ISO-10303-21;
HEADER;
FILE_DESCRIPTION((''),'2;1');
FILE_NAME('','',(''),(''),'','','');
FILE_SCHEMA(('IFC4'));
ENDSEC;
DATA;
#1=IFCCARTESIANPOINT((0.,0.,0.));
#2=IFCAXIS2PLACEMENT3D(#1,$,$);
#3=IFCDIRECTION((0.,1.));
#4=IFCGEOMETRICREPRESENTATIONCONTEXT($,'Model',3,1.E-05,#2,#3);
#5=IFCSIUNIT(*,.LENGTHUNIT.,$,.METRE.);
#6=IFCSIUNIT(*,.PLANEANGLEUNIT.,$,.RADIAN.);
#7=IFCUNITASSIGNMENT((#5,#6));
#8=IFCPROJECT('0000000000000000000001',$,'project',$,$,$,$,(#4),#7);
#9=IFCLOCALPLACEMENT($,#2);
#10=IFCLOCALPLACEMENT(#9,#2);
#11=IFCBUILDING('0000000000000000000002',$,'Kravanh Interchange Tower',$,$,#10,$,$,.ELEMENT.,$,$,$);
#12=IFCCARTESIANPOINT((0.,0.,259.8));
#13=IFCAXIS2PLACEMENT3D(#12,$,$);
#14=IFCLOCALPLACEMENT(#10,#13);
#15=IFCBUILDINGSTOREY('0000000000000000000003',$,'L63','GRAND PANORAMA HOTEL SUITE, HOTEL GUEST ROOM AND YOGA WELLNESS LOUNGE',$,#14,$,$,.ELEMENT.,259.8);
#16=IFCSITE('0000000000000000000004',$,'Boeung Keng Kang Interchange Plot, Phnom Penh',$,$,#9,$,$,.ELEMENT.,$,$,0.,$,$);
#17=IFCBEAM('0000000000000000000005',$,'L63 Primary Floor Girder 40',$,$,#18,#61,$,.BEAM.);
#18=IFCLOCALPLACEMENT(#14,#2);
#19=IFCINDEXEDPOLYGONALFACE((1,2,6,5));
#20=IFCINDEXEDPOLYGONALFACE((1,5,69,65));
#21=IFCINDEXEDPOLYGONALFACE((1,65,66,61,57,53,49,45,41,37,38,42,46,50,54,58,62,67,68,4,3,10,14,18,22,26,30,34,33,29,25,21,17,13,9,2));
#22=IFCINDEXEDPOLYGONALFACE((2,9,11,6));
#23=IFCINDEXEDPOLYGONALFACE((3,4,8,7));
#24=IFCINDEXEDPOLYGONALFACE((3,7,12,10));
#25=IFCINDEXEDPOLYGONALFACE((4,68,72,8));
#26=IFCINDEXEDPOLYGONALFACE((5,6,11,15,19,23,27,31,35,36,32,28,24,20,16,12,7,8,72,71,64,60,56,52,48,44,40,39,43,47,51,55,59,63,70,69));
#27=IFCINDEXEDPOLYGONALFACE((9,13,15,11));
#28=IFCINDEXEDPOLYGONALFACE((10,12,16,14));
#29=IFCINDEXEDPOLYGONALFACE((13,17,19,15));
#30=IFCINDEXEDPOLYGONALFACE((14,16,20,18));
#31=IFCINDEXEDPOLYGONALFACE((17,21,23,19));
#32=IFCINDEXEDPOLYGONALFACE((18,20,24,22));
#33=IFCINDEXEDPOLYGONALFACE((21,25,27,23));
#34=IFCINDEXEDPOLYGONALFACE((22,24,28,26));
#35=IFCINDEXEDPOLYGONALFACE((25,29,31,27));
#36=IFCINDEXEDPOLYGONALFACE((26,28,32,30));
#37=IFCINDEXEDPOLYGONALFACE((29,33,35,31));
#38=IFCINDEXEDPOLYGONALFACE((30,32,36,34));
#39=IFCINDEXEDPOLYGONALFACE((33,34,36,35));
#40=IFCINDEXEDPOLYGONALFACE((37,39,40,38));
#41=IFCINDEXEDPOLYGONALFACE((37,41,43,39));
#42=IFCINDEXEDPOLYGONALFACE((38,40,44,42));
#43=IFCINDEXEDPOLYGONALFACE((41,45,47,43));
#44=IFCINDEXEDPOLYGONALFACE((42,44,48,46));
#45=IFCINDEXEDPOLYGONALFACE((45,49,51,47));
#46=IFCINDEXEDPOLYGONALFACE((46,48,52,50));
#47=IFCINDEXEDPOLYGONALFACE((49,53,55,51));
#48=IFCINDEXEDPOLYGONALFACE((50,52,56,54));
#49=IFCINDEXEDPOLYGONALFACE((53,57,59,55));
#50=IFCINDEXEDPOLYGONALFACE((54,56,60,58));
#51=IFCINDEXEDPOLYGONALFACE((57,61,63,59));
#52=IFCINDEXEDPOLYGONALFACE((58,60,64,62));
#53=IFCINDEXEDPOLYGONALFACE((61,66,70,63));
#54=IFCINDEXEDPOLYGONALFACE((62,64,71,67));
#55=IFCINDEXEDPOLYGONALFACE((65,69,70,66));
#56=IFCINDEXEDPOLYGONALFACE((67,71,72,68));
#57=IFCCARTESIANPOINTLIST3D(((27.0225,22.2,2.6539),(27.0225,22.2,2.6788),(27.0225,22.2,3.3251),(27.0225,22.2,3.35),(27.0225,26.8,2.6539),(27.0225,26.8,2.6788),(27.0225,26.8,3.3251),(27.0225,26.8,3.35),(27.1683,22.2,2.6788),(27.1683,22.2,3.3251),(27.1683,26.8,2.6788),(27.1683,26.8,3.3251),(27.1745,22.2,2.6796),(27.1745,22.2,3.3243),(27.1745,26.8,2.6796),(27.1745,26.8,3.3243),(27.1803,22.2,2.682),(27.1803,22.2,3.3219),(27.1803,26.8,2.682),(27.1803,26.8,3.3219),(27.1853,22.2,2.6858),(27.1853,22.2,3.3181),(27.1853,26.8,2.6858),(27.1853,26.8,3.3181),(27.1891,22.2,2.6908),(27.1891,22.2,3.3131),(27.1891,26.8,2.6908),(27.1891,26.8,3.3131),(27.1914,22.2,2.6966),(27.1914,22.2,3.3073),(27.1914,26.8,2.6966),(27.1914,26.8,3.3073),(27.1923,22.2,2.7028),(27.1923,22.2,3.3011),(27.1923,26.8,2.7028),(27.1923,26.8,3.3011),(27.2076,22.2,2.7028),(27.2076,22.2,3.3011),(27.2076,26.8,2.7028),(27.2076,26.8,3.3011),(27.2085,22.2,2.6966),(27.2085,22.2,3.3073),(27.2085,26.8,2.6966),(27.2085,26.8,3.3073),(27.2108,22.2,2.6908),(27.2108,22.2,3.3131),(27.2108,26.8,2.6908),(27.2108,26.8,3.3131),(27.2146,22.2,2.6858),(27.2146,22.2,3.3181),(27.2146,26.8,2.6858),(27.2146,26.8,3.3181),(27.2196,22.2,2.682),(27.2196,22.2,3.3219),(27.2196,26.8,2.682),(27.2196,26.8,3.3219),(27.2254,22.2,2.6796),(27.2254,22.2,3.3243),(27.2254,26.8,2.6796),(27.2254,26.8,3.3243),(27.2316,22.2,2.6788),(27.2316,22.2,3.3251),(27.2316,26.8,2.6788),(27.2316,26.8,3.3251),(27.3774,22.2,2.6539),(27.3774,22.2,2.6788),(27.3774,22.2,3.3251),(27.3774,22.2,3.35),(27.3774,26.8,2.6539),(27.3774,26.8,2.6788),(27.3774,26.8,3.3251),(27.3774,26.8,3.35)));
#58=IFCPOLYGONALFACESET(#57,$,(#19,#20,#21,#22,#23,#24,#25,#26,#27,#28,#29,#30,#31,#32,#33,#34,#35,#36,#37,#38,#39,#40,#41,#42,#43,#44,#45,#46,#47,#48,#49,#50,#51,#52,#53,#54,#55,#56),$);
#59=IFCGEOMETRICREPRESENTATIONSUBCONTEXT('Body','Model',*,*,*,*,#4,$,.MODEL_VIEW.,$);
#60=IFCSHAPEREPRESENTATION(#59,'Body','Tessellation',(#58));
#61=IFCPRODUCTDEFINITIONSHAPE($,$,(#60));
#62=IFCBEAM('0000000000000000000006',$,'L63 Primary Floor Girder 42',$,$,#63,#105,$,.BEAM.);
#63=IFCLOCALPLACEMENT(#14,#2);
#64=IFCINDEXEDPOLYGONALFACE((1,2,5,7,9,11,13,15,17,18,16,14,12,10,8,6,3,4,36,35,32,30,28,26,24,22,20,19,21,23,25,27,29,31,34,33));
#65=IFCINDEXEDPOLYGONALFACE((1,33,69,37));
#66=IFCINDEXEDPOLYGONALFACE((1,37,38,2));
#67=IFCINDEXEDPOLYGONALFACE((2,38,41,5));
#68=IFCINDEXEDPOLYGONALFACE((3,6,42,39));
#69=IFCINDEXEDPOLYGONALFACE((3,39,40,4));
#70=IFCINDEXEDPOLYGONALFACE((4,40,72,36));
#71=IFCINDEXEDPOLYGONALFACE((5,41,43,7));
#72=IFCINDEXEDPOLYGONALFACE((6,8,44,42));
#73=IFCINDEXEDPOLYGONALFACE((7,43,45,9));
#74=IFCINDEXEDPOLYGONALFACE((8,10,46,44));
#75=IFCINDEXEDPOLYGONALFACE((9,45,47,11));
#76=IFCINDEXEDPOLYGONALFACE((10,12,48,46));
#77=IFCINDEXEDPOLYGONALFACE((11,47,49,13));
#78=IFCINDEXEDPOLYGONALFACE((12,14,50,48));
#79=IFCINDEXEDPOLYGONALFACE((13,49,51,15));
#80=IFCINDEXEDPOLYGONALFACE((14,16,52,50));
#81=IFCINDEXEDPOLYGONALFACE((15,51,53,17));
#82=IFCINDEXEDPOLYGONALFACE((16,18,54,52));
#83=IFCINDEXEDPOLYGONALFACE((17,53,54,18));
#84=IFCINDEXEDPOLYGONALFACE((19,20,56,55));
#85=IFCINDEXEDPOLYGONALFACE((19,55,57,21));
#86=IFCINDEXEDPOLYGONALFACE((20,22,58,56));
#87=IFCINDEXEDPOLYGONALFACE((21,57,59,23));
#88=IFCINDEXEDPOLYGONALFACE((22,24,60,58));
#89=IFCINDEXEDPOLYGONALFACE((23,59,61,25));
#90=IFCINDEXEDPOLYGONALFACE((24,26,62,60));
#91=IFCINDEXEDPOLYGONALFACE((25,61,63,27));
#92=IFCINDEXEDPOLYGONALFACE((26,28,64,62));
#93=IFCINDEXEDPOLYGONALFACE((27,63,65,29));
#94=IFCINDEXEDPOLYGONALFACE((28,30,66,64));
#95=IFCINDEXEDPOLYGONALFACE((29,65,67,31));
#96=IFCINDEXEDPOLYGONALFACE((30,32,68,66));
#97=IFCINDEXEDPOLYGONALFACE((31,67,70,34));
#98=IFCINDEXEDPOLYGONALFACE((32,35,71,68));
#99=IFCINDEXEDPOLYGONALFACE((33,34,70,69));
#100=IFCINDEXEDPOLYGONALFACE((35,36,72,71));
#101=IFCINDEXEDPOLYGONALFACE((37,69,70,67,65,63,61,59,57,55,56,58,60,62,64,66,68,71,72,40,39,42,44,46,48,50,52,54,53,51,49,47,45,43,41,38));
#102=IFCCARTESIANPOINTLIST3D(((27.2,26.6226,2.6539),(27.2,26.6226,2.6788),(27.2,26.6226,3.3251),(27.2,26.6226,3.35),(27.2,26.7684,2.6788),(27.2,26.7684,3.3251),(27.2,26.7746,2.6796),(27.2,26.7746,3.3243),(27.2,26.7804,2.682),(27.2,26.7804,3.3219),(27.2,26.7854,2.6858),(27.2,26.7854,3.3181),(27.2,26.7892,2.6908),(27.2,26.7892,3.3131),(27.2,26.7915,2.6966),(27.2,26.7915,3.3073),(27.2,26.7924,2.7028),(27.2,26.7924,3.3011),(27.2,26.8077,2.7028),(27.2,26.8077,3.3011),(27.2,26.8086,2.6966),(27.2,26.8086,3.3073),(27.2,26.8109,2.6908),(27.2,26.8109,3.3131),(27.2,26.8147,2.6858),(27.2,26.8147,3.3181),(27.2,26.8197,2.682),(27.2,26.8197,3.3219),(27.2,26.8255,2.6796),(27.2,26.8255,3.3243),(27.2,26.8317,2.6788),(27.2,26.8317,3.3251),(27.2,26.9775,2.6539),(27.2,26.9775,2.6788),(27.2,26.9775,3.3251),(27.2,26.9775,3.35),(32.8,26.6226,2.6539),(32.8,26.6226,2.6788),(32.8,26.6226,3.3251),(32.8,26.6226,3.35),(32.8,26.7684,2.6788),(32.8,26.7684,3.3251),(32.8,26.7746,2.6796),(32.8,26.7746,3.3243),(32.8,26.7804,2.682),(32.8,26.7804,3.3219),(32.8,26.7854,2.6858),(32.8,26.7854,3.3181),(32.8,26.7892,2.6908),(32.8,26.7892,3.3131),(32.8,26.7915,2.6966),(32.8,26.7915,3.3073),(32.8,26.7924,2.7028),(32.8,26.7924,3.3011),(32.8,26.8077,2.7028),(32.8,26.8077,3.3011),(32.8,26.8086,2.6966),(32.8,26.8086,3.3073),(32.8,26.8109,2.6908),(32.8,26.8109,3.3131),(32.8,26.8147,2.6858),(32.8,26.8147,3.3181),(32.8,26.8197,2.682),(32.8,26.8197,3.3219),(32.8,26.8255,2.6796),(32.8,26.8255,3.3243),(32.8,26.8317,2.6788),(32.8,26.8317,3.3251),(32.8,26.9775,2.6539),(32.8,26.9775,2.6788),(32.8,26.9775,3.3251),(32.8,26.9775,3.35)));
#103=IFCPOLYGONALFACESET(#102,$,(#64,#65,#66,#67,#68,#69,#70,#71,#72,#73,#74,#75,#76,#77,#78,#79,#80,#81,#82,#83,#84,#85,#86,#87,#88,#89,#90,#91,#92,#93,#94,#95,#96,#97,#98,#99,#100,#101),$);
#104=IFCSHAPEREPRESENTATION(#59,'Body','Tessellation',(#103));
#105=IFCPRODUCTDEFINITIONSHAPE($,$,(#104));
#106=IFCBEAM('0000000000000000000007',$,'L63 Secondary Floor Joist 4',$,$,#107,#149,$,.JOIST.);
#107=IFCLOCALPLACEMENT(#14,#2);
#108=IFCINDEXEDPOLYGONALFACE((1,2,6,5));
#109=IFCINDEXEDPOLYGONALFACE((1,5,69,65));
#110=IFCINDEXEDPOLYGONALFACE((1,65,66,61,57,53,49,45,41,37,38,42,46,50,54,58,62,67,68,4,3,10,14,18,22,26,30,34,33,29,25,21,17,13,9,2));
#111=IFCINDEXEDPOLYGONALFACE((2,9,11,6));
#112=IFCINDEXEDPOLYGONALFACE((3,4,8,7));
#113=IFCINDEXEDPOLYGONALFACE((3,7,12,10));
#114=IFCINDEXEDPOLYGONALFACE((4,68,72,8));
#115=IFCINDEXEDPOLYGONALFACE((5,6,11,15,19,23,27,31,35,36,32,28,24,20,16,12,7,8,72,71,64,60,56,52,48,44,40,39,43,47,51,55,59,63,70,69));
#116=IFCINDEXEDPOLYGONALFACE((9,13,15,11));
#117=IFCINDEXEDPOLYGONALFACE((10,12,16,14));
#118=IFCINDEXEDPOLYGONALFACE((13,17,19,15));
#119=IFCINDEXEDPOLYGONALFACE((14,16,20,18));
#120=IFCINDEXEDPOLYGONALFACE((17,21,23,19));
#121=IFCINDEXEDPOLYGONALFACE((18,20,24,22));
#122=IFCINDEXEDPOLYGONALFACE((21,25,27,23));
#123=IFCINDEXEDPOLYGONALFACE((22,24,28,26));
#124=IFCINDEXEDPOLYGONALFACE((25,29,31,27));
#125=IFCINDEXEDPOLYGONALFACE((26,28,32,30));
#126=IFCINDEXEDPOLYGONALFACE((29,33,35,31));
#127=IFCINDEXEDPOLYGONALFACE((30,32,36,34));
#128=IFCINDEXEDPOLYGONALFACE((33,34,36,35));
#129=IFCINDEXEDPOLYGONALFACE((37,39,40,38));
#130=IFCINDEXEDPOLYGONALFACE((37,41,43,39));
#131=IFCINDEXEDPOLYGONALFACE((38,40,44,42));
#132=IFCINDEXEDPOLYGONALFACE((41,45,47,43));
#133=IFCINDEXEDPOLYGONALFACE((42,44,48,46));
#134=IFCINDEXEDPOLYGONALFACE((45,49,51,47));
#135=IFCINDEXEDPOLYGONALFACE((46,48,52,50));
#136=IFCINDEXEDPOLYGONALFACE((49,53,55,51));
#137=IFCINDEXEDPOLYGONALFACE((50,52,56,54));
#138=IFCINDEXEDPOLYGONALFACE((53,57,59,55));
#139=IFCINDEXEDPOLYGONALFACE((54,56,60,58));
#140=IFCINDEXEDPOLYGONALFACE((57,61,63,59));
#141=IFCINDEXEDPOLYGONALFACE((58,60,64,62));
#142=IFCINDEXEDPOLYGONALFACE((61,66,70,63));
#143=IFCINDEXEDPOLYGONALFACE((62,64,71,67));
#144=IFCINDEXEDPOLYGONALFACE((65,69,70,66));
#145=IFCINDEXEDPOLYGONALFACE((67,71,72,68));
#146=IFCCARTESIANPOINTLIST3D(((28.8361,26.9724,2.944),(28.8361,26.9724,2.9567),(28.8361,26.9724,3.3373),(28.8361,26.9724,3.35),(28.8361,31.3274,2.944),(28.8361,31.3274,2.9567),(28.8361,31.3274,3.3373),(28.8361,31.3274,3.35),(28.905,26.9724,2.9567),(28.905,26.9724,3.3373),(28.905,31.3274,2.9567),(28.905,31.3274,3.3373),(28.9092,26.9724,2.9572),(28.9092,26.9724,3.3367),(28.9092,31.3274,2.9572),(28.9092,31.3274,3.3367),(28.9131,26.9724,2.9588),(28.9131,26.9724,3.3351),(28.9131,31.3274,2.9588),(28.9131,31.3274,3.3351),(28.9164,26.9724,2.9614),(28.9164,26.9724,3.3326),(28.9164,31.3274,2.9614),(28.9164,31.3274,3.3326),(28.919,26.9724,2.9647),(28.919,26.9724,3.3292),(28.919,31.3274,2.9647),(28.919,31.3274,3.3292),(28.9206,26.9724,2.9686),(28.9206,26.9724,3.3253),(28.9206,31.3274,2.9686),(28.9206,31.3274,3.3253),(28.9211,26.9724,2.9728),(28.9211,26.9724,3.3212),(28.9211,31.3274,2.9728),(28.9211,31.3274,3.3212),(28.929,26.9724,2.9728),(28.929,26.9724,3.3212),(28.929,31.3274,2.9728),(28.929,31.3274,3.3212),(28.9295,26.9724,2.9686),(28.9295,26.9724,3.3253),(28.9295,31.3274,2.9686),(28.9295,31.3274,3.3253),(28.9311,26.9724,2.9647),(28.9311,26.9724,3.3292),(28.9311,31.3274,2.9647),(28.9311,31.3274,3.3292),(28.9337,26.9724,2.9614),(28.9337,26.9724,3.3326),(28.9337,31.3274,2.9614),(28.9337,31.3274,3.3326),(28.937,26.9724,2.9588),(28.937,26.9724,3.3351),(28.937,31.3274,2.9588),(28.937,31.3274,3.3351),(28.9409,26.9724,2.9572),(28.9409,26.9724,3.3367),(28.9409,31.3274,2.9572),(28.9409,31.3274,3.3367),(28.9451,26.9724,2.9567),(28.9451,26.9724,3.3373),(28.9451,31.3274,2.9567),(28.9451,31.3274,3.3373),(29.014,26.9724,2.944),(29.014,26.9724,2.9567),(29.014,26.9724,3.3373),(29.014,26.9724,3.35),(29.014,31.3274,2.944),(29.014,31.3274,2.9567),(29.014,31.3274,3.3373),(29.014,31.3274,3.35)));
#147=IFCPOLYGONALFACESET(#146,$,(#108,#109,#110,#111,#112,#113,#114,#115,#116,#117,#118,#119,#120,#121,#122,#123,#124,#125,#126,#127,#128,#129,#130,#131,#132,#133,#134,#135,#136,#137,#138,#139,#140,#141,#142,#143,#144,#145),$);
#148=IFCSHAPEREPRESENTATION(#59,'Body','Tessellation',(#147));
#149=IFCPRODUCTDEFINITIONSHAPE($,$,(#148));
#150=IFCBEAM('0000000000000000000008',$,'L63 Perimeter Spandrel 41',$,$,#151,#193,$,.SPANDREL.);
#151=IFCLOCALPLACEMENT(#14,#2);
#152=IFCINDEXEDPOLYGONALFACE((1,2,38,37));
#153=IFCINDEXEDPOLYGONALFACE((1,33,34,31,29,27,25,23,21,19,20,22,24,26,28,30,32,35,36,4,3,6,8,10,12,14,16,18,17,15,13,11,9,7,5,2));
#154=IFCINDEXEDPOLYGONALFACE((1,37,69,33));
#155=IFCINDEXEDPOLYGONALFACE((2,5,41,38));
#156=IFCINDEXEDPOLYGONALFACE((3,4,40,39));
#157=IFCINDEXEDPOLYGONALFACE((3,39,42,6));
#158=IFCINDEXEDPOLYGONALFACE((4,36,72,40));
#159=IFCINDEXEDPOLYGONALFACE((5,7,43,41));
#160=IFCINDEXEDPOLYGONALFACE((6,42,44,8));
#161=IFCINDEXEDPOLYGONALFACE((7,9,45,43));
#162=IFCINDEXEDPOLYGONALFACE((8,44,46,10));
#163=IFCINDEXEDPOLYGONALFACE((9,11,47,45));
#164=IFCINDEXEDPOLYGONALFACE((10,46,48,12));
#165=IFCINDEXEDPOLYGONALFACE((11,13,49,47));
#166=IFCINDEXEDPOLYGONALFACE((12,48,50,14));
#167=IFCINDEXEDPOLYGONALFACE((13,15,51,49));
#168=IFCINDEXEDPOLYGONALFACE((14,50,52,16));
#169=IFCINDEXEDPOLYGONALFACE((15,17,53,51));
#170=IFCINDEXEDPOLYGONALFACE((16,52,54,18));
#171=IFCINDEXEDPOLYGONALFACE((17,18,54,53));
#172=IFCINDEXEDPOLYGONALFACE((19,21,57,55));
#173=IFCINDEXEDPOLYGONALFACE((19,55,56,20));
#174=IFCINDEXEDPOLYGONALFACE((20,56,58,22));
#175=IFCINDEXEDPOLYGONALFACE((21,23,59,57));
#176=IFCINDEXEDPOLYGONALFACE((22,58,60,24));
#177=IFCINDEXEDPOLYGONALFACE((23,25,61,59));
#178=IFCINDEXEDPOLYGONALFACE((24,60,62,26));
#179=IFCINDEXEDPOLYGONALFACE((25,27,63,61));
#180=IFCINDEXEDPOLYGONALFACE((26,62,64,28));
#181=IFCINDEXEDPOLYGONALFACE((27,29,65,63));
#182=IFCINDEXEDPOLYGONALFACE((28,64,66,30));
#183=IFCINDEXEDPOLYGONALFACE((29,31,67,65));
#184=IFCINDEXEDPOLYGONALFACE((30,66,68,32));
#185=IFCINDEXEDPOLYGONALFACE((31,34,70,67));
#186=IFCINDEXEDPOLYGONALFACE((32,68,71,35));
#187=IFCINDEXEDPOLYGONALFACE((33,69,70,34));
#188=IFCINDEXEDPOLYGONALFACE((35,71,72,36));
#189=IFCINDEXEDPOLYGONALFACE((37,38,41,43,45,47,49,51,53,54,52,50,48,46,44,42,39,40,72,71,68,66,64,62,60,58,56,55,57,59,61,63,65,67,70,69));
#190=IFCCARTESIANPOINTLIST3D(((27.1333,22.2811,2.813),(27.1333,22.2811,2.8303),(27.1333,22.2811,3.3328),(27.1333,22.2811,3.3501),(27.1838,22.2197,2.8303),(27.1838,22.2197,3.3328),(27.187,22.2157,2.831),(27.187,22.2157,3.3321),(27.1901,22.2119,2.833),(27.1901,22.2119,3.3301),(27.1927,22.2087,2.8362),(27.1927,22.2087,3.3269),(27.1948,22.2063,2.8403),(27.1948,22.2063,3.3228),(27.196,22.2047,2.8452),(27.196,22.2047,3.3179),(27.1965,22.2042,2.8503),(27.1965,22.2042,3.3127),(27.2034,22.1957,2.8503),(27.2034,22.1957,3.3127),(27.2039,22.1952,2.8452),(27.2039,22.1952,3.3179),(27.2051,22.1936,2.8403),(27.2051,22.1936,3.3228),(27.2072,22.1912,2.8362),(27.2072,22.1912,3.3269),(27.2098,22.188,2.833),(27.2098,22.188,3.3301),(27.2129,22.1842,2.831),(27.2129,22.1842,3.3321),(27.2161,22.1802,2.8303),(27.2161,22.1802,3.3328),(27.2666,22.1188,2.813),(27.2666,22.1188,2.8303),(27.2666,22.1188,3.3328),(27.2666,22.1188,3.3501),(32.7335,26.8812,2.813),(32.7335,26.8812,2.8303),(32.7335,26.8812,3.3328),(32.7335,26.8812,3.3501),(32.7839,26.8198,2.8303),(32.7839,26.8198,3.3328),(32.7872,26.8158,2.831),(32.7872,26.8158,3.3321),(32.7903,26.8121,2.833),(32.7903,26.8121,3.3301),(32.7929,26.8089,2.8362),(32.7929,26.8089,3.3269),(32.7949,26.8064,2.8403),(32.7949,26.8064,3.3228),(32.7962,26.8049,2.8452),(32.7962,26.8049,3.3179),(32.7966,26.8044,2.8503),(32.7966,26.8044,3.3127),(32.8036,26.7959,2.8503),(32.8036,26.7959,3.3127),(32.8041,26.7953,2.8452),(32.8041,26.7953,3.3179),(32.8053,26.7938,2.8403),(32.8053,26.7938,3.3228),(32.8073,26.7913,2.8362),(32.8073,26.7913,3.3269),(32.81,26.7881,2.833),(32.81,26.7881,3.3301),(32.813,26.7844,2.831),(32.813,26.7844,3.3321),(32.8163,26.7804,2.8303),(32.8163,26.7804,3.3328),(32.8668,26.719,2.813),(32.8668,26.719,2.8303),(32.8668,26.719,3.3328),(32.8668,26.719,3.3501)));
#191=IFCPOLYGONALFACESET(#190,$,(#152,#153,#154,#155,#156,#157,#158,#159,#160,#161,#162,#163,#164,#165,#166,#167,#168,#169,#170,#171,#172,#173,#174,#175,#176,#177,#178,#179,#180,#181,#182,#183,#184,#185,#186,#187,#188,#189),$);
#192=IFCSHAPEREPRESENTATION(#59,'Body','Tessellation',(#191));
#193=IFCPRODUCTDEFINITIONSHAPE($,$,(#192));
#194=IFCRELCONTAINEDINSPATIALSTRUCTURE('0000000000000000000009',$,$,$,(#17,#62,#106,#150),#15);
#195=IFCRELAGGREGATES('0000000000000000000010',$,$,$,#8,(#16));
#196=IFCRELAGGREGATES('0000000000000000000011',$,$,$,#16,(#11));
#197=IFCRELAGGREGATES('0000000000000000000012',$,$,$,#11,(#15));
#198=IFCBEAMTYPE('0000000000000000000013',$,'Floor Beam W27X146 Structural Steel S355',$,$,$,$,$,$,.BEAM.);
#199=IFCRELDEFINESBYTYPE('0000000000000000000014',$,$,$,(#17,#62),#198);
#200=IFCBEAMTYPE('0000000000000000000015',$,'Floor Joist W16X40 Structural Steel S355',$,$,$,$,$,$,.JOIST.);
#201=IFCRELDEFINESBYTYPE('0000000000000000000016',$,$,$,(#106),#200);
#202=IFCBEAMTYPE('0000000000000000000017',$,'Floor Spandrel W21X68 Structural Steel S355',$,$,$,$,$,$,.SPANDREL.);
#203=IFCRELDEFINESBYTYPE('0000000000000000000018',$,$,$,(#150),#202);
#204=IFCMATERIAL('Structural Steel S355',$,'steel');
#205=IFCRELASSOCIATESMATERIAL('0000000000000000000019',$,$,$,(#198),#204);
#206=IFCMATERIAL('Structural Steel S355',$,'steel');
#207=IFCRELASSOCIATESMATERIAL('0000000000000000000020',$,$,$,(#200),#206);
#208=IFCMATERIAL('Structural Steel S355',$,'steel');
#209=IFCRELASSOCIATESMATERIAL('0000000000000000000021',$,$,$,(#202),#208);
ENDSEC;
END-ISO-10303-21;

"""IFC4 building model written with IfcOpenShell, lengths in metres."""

from ifc_helpers import new_model, si_unit, direction, frame, origin, origin_2d, place, context, subcontext, project, spatial, i_section, extrude, material, material_profile, profile_set, type_object, element, save


model = new_model("IFC4")

# Units and contexts
model_context = context("Model", 3, precision=1e-05, world=origin(), true_north=direction((0.0, 1.0)))
body_context = subcontext(model_context, "Body", "Model", "MODEL_VIEW")
ifc_project = project(units=[si_unit("LENGTHUNIT", "METRE"), si_unit("PLANEANGLEUNIT", "RADIAN")], contexts=[model_context])

# Site, building, storey
site_placement = place(None, origin())
site = spatial("IfcSite", under=ifc_project, at=site_placement, Name="Boeung Keng Kang Interchange Plot, Phnom Penh", CompositionType="ELEMENT", RefElevation=0.0)
building_placement = place(site_placement, origin())
building = spatial("IfcBuilding", under=site, at=building_placement, Name="Kravanh Interchange Tower", CompositionType="ELEMENT")
storey_placement = place(building_placement, frame((0.0, 0.0, 259.8)))
storey = spatial("IfcBuildingStorey", under=building, at=storey_placement, Name="L63", Description="GRAND PANORAMA HOTEL SUITE, HOTEL GUEST ROOM AND YOGA WELLNESS LOUNGE", CompositionType="ELEMENT", Elevation=259.8)

# Beams
ifc_material_1 = material(Name="Structural Steel S355", Category="steel")
ifc_material_profile_1 = material_profile(ifc_material_1, i_section(OverallWidth=0.355, OverallDepth=0.696, WebThickness=0.0154, FlangeThickness=0.0249, FilletRadius=0.0239, at=origin_2d()), Name="W27X146")
ifc_profile_set_1 = profile_set([ifc_material_profile_1], Name="Structural Steel S355")
beam_type_1 = type_object("IfcBeamType", Name="Floor Beam W27X146 Structural Steel S355", PredefinedType="BEAM", material=ifc_profile_set_1)
beam_1_placement = place(storey_placement, frame((27.2, 22.2, 3.002), z_axis=(0.0, 1.0, 0.0), x_axis=(-1.0, 0.0, 0.0)))
element("IfcBeam", 1, at=beam_1_placement, inside=storey, type_object=beam_type_1, Name="L63 Primary Floor Girder 40", PredefinedType="BEAM", context=body_context, shape_type="SweptSolid", body=[
    extrude(i_section(OverallWidth=0.355, OverallDepth=0.696, WebThickness=0.0154, FlangeThickness=0.0249, FilletRadius=0.0239, at=origin_2d()), origin(), (0.0, 0.0, 1.0), 4.6001),
])
beam_2_placement = place(storey_placement, frame((27.2, 26.8, 3.002), z_axis=(1.0, 0.0, 0.0), x_axis=(0.0, 1.0, 0.0)))
element("IfcBeam", 2, at=beam_2_placement, inside=storey, type_object=beam_type_1, Name="L63 Primary Floor Girder 42", PredefinedType="BEAM", context=body_context, shape_type="SweptSolid", body=[
    extrude(i_section(OverallWidth=0.355, OverallDepth=0.696, WebThickness=0.0154, FlangeThickness=0.0249, FilletRadius=0.0239, at=origin_2d()), origin(), (0.0, 0.0, 1.0), 5.6001),
])
ifc_material_2 = material(Name="Structural Steel S355", Category="steel")
ifc_material_profile_2 = material_profile(ifc_material_2, i_section(OverallWidth=0.178, OverallDepth=0.406, WebThickness=0.0078, FlangeThickness=0.0127, FilletRadius=0.0161, at=origin_2d()), Name="W16X40")
ifc_profile_set_2 = profile_set([ifc_material_profile_2], Name="Structural Steel S355")
beam_type_2 = type_object("IfcBeamType", Name="Floor Joist W16X40 Structural Steel S355", PredefinedType="JOIST", material=ifc_profile_set_2)
beam_3_placement = place(storey_placement, frame((28.925, 26.9724, 3.147), z_axis=(0.0, 1.0, 0.0), x_axis=(-1.0, 0.0, 0.0)))
element("IfcBeam", 3, at=beam_3_placement, inside=storey, type_object=beam_type_2, Name="L63 Secondary Floor Joist 4", PredefinedType="JOIST", context=body_context, shape_type="SweptSolid", body=[
    extrude(i_section(OverallWidth=0.178, OverallDepth=0.406, WebThickness=0.0078, FlangeThickness=0.0127, FilletRadius=0.0161, at=origin_2d()), origin(), (0.0, 0.0, 1.0), 4.355),
])
ifc_material_3 = material(Name="Structural Steel S355", Category="steel")
ifc_material_profile_3 = material_profile(ifc_material_3, i_section(OverallWidth=0.21, OverallDepth=0.5371, WebThickness=0.011, FlangeThickness=0.0173, FilletRadius=0.02, at=origin_2d()), Name="W21X68")
ifc_profile_set_3 = profile_set([ifc_material_profile_3], Name="Structural Steel S355")
beam_type_3 = type_object("IfcBeamType", Name="Floor Spandrel W21X68 Structural Steel S355", PredefinedType="SPANDREL", material=ifc_profile_set_3)
beam_4_placement = place(storey_placement, frame((27.2, 22.2, 3.0815), z_axis=(0.772725, 0.634741, 0.0), x_axis=(-0.634741, 0.772725, 0.0)))
element("IfcBeam", 4, at=beam_4_placement, inside=storey, type_object=beam_type_3, Name="L63 Perimeter Spandrel 41", PredefinedType="SPANDREL", context=body_context, shape_type="SweptSolid", body=[
    extrude(i_section(OverallWidth=0.21, OverallDepth=0.5371, WebThickness=0.011, FlangeThickness=0.0173, FilletRadius=0.02, at=origin_2d()), origin(), (0.0, 0.0, 1.0), 7.2473),
])

save(model, "model.ifc")
